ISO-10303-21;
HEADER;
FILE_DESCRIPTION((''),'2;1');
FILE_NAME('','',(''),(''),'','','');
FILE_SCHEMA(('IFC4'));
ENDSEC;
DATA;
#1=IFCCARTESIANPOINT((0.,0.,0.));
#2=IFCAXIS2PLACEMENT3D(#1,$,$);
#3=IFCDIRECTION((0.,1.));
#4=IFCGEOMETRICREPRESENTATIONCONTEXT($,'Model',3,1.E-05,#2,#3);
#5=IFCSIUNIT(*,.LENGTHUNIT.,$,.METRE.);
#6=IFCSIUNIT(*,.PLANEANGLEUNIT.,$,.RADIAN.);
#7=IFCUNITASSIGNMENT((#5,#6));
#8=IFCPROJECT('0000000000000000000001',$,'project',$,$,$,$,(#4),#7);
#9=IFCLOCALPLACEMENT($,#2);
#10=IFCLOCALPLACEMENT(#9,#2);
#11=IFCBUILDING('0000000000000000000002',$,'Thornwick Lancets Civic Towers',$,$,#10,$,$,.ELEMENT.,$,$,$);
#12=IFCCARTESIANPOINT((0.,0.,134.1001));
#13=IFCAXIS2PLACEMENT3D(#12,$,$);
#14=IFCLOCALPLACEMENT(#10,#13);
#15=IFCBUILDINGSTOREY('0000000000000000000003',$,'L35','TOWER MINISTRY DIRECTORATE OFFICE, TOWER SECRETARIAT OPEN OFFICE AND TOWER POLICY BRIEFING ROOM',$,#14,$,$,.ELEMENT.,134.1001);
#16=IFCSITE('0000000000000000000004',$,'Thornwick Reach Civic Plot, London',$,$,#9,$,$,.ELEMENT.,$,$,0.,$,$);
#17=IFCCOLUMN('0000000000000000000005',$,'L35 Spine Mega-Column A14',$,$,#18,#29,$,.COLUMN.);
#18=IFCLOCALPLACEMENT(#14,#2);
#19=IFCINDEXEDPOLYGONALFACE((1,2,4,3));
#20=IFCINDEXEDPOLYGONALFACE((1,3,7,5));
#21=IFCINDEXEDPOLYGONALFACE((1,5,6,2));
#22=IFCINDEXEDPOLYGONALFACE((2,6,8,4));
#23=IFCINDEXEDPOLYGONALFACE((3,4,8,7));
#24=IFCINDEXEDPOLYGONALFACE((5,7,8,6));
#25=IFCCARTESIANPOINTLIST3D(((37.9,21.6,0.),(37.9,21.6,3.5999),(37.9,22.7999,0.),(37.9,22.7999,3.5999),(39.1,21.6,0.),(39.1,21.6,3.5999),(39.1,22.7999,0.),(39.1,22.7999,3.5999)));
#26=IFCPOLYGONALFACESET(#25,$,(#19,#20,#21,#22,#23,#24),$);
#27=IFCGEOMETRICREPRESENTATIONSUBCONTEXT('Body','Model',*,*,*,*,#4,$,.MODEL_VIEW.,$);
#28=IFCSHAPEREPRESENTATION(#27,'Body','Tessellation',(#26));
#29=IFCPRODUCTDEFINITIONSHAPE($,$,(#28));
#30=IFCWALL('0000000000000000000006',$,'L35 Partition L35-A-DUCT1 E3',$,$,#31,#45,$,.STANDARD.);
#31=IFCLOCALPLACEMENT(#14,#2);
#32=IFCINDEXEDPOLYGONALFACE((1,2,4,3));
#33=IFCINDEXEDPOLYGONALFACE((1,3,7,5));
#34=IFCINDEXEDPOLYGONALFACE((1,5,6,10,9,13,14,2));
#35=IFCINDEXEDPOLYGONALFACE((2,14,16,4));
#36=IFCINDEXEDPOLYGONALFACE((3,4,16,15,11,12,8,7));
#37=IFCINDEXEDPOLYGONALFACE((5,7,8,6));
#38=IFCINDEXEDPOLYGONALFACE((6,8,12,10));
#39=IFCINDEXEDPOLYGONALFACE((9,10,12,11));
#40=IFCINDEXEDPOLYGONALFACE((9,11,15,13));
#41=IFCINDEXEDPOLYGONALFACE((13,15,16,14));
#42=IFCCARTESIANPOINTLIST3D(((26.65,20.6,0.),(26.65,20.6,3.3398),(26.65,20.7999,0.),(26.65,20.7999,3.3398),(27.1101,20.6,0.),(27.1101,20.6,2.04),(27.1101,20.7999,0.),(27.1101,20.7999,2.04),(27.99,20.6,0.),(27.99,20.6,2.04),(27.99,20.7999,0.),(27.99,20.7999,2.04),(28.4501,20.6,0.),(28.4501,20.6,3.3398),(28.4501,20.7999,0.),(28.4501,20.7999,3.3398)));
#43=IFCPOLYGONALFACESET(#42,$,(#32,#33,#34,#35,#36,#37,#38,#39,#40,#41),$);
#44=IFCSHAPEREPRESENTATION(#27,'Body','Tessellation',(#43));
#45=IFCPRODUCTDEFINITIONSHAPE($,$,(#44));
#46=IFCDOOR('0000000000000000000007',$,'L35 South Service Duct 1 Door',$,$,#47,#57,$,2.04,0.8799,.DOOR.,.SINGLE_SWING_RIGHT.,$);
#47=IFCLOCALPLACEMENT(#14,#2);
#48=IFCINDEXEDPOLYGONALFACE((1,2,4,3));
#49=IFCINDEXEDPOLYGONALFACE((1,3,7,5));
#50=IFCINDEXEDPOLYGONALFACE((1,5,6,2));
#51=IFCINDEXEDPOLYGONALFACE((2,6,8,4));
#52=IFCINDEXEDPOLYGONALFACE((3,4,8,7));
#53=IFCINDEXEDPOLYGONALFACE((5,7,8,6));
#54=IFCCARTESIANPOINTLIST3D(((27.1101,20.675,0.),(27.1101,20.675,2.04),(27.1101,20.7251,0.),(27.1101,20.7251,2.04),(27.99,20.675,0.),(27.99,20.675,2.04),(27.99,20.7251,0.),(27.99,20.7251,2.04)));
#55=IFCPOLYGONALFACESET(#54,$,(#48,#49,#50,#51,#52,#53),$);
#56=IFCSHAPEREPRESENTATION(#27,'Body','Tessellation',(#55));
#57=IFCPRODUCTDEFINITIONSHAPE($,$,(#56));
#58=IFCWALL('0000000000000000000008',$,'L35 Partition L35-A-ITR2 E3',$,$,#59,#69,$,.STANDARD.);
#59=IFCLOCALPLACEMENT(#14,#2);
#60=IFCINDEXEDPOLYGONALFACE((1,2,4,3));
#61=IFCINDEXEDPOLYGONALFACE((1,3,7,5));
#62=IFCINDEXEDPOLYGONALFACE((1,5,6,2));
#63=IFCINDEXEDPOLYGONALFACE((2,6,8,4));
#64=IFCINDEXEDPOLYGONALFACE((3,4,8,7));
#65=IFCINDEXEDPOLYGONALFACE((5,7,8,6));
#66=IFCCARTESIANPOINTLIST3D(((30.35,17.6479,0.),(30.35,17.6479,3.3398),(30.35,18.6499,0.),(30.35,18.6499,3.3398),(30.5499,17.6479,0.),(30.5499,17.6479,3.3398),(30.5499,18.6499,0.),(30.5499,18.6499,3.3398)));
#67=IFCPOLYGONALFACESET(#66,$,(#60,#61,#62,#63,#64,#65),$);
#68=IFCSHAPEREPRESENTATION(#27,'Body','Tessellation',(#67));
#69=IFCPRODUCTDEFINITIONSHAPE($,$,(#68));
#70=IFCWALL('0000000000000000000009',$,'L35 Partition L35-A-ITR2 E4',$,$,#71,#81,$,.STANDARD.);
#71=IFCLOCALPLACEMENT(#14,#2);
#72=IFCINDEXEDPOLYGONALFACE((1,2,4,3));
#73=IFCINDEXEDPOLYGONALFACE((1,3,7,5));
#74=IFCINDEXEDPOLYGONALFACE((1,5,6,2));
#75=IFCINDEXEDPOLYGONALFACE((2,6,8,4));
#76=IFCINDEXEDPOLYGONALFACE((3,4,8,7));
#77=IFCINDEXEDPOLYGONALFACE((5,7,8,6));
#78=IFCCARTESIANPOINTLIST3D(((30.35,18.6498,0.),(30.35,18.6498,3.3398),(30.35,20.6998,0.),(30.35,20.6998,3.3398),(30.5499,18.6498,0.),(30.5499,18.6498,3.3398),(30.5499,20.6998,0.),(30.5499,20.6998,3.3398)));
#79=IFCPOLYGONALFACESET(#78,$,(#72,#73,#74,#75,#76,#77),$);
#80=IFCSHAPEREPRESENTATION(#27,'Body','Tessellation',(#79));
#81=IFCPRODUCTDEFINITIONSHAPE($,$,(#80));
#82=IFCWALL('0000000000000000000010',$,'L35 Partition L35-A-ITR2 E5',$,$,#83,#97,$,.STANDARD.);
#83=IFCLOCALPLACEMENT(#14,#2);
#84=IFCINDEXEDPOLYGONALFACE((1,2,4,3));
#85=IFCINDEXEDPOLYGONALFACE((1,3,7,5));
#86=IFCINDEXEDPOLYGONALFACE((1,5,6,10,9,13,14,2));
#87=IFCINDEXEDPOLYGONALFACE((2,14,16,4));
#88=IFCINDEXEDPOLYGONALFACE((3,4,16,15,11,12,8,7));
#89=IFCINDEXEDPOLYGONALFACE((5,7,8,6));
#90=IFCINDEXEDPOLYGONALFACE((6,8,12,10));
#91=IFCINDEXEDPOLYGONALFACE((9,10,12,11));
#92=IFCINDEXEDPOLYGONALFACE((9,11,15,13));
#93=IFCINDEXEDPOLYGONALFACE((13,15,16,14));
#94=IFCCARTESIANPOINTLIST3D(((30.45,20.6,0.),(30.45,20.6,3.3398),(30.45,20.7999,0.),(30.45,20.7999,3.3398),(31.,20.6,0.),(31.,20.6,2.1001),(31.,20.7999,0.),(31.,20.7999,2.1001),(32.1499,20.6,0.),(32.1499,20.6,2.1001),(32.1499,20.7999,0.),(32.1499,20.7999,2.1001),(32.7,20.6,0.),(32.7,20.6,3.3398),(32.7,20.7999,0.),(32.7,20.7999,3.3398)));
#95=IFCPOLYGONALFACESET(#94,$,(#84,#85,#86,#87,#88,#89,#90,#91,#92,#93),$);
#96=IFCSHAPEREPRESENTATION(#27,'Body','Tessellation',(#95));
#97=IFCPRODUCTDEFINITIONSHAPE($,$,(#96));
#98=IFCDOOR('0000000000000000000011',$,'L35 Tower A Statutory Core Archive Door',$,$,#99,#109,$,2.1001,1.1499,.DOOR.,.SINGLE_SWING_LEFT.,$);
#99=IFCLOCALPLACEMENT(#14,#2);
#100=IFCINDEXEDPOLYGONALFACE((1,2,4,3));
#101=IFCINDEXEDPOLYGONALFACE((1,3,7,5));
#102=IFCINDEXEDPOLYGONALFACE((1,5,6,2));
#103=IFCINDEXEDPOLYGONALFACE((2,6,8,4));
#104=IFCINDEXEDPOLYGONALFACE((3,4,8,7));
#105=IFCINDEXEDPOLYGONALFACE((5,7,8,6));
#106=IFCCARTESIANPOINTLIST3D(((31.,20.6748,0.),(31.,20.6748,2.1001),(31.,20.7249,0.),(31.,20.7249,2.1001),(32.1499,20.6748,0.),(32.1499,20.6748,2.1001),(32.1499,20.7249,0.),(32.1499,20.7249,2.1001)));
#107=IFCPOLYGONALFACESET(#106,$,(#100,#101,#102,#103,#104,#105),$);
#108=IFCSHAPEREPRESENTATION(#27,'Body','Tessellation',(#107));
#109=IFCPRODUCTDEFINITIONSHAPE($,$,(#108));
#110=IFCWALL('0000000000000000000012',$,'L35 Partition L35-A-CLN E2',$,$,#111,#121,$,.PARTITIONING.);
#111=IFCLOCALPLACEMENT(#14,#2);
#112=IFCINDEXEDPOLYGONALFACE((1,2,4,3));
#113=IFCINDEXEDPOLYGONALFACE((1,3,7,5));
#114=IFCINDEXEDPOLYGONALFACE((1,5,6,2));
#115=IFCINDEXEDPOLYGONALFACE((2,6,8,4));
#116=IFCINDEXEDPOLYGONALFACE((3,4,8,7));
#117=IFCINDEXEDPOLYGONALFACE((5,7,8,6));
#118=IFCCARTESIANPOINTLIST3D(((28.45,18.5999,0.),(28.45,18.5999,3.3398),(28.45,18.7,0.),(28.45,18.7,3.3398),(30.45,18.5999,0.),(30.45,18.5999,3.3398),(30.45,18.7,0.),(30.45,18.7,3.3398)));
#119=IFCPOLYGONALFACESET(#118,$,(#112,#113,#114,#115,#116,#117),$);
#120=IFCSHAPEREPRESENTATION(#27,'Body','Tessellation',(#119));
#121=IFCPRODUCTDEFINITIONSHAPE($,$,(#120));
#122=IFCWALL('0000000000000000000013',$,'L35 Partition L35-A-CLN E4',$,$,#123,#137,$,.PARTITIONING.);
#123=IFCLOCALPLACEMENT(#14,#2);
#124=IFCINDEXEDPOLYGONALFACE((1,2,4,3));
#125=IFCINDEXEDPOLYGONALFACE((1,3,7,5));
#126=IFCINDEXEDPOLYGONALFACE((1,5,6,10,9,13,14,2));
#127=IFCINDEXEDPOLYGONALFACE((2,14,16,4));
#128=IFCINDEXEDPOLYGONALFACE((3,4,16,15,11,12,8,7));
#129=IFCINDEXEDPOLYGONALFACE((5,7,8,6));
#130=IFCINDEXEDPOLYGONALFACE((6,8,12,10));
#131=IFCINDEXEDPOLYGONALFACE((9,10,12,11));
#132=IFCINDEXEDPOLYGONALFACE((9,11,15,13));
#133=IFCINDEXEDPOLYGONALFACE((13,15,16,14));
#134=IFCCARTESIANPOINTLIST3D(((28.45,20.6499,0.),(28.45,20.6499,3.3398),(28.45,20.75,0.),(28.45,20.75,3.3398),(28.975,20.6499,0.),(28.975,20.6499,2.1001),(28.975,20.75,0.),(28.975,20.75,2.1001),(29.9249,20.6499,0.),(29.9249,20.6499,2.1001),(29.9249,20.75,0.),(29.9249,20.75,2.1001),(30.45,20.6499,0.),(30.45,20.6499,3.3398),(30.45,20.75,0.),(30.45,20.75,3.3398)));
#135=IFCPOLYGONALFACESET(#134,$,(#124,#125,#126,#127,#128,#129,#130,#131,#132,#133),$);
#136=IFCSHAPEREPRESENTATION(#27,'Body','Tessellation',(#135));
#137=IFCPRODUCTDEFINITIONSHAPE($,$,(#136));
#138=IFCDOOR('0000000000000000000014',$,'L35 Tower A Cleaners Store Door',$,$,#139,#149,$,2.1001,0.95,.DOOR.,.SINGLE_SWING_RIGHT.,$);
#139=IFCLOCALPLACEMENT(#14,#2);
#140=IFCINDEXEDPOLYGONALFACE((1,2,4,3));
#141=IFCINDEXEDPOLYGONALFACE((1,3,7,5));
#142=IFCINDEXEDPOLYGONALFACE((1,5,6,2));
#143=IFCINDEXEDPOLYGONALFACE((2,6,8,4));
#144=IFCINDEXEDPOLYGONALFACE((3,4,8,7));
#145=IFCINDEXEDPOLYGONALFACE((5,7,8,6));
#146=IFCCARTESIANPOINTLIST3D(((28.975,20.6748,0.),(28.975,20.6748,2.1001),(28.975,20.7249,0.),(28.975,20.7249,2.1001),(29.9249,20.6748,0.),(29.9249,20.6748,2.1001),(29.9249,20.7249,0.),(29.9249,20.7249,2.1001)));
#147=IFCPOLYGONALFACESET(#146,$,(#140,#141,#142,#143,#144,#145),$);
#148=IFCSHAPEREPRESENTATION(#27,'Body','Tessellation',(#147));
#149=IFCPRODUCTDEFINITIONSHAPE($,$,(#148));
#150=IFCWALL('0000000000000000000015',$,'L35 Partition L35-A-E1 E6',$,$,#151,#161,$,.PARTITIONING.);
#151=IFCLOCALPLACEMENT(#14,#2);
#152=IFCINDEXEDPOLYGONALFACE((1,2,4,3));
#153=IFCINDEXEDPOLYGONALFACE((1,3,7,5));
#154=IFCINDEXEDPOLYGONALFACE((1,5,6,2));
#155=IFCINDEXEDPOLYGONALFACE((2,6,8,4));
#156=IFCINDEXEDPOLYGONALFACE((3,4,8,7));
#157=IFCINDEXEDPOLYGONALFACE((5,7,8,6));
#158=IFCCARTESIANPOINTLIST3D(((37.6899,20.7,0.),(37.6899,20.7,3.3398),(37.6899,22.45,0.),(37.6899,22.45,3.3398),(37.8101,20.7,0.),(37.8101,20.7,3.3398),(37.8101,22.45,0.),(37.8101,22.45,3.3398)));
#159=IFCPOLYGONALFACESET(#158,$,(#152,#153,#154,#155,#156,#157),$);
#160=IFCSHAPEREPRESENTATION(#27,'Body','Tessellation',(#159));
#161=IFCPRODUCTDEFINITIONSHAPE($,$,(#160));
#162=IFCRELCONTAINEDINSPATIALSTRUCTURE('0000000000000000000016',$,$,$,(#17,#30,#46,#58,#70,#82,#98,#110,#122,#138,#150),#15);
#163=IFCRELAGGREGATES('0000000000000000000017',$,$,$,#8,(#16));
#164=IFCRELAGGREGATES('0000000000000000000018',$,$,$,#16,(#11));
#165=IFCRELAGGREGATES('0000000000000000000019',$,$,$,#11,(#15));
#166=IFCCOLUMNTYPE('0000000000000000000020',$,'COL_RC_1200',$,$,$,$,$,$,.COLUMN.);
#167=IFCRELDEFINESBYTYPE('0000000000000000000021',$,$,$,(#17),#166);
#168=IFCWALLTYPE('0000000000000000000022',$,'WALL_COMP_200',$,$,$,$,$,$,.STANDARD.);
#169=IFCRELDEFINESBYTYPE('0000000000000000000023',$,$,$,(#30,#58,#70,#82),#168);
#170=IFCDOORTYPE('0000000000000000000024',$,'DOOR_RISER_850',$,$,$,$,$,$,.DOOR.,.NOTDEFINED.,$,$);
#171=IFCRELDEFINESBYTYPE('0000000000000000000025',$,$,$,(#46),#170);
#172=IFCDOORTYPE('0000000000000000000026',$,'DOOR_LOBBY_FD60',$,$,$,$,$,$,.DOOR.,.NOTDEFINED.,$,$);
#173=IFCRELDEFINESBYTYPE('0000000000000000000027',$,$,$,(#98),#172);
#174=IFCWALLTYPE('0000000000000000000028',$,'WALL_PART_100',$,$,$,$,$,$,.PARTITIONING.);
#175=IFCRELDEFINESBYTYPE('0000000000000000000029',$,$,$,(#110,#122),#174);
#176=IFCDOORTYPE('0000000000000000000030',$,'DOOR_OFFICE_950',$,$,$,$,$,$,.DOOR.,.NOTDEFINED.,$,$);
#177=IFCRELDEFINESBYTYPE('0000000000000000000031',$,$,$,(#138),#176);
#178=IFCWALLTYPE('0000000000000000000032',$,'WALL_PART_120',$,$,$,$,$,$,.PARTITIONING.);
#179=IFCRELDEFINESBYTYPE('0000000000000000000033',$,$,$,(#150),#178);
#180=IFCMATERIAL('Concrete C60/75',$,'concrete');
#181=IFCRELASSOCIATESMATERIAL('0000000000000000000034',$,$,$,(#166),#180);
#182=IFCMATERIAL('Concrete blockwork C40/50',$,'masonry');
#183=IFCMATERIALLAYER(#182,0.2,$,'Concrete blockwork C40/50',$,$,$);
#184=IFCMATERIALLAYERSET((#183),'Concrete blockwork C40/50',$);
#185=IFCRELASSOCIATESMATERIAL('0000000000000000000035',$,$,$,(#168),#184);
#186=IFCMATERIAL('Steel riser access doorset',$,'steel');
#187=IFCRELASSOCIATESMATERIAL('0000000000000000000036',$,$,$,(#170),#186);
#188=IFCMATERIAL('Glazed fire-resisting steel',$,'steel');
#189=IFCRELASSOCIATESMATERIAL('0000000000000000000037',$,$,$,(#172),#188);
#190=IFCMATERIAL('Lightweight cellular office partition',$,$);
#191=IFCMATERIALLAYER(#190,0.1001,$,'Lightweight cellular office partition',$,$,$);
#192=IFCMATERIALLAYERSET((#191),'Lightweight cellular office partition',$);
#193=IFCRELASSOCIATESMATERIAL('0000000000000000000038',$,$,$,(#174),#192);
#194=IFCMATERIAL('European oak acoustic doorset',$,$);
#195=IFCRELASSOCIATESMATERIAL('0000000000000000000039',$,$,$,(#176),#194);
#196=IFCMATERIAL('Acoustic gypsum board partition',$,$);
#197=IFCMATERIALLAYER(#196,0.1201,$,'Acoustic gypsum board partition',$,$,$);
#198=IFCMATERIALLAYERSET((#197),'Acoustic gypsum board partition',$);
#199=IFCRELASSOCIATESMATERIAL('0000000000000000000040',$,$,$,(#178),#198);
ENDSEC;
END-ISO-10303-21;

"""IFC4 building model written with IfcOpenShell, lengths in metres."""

from ifc_helpers import new_model, si_unit, direction, frame, frame_2d, origin, origin_2d, place, context, subcontext, project, spatial, rectangle, extrude, material, layer, layer_set, material_profile, profile_set, type_object, element, fill, save


model = new_model("IFC4")

# Units and contexts
model_context = context("Model", 3, precision=1e-05, world=origin(), true_north=direction((0.0, 1.0)))
body_context = subcontext(model_context, "Body", "Model", "MODEL_VIEW")
ifc_project = project(units=[si_unit("LENGTHUNIT", "METRE"), si_unit("PLANEANGLEUNIT", "RADIAN")], contexts=[model_context])

# Site, building, storey
site_placement = place(None, origin())
site = spatial("IfcSite", under=ifc_project, at=site_placement, Name="Thornwick Reach Civic Plot, London", CompositionType="ELEMENT", RefElevation=0.0)
building_placement = place(site_placement, origin())
building = spatial("IfcBuilding", under=site, at=building_placement, Name="Thornwick Lancets Civic Towers", CompositionType="ELEMENT")
storey_placement = place(building_placement, frame((0.0, 0.0, 134.1001)))
storey = spatial("IfcBuildingStorey", under=building, at=storey_placement, Name="L35", Description="TOWER MINISTRY DIRECTORATE OFFICE, TOWER SECRETARIAT OPEN OFFICE AND TOWER POLICY BRIEFING ROOM", CompositionType="ELEMENT", Elevation=134.1001)

# Column
ifc_material_1 = material(Name="Concrete C60/75", Category="concrete")
ifc_material_profile = material_profile(ifc_material_1, rectangle(XDim=1.2, YDim=1.2, at=origin_2d()), Name="RC 1200x1200")
ifc_profile_set = profile_set([ifc_material_profile], Name="Concrete C60/75")
column_type = type_object("IfcColumnType", Name="COL_RC_1200", PredefinedType="COLUMN", material=ifc_profile_set)
column_placement = place(storey_placement, frame((38.5, 22.2, 0.0), z_axis=(0.0, 0.0, 1.0), x_axis=(1.0, 0.0, 0.0)))
element("IfcColumn", 1, at=column_placement, inside=storey, type_object=column_type, Name="L35 Spine Mega-Column A14", PredefinedType="COLUMN", context=body_context, shape_type="SweptSolid", body=[
    extrude(rectangle(XDim=1.2, YDim=1.2, at=origin_2d()), origin(), (0.0, 0.0, 1.0), 3.5999),
])

# Wall, opening, door
ifc_material_2 = material(Name="Concrete blockwork C40/50", Category="masonry")
ifc_layer_1 = layer(ifc_material_2, 0.2, Name="Concrete blockwork C40/50")
ifc_layer_set_1 = layer_set([ifc_layer_1], Name="Concrete blockwork C40/50")
wall_type_1 = type_object("IfcWallType", Name="WALL_COMP_200", PredefinedType="STANDARD", material=ifc_layer_set_1)
wall_1_placement = place(storey_placement, frame((28.45, 20.7, 0.0), z_axis=(0.0, 0.0, 1.0), x_axis=(-1.0, 0.0, 0.0)))
wall_1 = element("IfcWall", 2, at=wall_1_placement, inside=storey, type_object=wall_type_1, Name="L35 Partition L35-A-DUCT1 E3", PredefinedType="STANDARD", context=body_context, shape_type="SweptSolid", body=[
    extrude(rectangle(XDim=1.8, YDim=0.2, at=frame_2d((0.8999, 0.0))), origin(), (0.0, 0.0, 1.0), 3.3398),
])
opening_1_placement = place(wall_1_placement, frame((0.46, 0.0, 0.0)))
opening_1 = element("IfcOpeningElement", 3, at=opening_1_placement, cuts=wall_1, PredefinedType="OPENING", context=body_context, shape_type="SweptSolid", body=[
    extrude(rectangle(XDim=0.8799, YDim=2.04, at=frame_2d((0.4399, 1.02))), frame((0.0, 0.1099, 0.0), z_axis=(0.0, -1.0, 0.0), x_axis=(1.0, 0.0, 0.0)), (0.0, 0.0, 1.0), 0.22),
])
ifc_material_3 = material(Name="Steel riser access doorset", Category="steel")
door_type_1 = type_object("IfcDoorType", Name="DOOR_RISER_850", OperationType="NOTDEFINED", PredefinedType="DOOR", material=ifc_material_3)
door_1_placement = place(opening_1_placement, origin())
door_1 = element("IfcDoor", 4, at=door_1_placement, inside=storey, type_object=door_type_1, Name="L35 South Service Duct 1 Door", OperationType="SINGLE_SWING_RIGHT", OverallHeight=2.04, OverallWidth=0.8799, PredefinedType="DOOR", context=body_context, shape_type="SweptSolid", body=[
    extrude(rectangle(XDim=0.8799, YDim=2.04, at=frame_2d((0.4399, 1.02))), frame((0.0, 0.0249, 0.0), z_axis=(0.0, -1.0, 0.0), x_axis=(1.0, 0.0, 0.0)), (0.0, 0.0, 1.0), 0.05),
])
fill(opening_1, door_1)

# Walls
wall_2_placement = place(storey_placement, frame((30.45, 17.6479, 0.0), z_axis=(0.0, 0.0, 1.0), x_axis=(0.0, 1.0, 0.0)))
element("IfcWall", 5, at=wall_2_placement, inside=storey, type_object=wall_type_1, Name="L35 Partition L35-A-ITR2 E3", PredefinedType="STANDARD", context=body_context, shape_type="SweptSolid", body=[
    extrude(rectangle(XDim=1.002, YDim=0.2, at=frame_2d((0.501, 0.0))), origin(), (0.0, 0.0, 1.0), 3.3398),
])
wall_3_placement = place(storey_placement, frame((30.45, 18.6499, 0.0), z_axis=(0.0, 0.0, 1.0), x_axis=(0.0, 1.0, 0.0)))
element("IfcWall", 6, at=wall_3_placement, inside=storey, type_object=wall_type_1, Name="L35 Partition L35-A-ITR2 E4", PredefinedType="STANDARD", context=body_context, shape_type="SweptSolid", body=[
    extrude(rectangle(XDim=2.05, YDim=0.2, at=frame_2d((1.0249, 0.0))), origin(), (0.0, 0.0, 1.0), 3.3398),
])

# Wall, opening, door
wall_4_placement = place(storey_placement, frame((30.45, 20.7, 0.0), z_axis=(0.0, 0.0, 1.0), x_axis=(1.0, 0.0, 0.0)))
wall_4 = element("IfcWall", 7, at=wall_4_placement, inside=storey, type_object=wall_type_1, Name="L35 Partition L35-A-ITR2 E5", PredefinedType="STANDARD", context=body_context, shape_type="SweptSolid", body=[
    extrude(rectangle(XDim=2.25, YDim=0.2, at=frame_2d((1.125, 0.0))), origin(), (0.0, 0.0, 1.0), 3.3398),
])
opening_2_placement = place(wall_4_placement, frame((0.55, 0.0, 0.0)))
opening_2 = element("IfcOpeningElement", 8, at=opening_2_placement, cuts=wall_4, PredefinedType="OPENING", context=body_context, shape_type="SweptSolid", body=[
    extrude(rectangle(XDim=1.1499, YDim=2.1001, at=frame_2d((0.575, 1.05))), frame((0.0, 0.1099, 0.0), z_axis=(0.0, -1.0, 0.0), x_axis=(1.0, 0.0, 0.0)), (0.0, 0.0, 1.0), 0.22),
])
ifc_material_4 = material(Name="Glazed fire-resisting steel", Category="steel")
door_type_2 = type_object("IfcDoorType", Name="DOOR_LOBBY_FD60", OperationType="NOTDEFINED", PredefinedType="DOOR", material=ifc_material_4)
door_2_placement = place(opening_2_placement, origin())
door_2 = element("IfcDoor", 9, at=door_2_placement, inside=storey, type_object=door_type_2, Name="L35 Tower A Statutory Core Archive Door", OperationType="SINGLE_SWING_LEFT", OverallHeight=2.1001, OverallWidth=1.1499, PredefinedType="DOOR", context=body_context, shape_type="SweptSolid", body=[
    extrude(rectangle(XDim=1.1499, YDim=2.1001, at=frame_2d((0.575, 1.05))), frame((0.0, 0.0249, 0.0), z_axis=(0.0, -1.0, 0.0), x_axis=(1.0, 0.0, 0.0)), (0.0, 0.0, 1.0), 0.05),
])
fill(opening_2, door_2)

# Wall
ifc_material_5 = material(Name="Lightweight cellular office partition")
ifc_layer_2 = layer(ifc_material_5, 0.1001, Name="Lightweight cellular office partition")
ifc_layer_set_2 = layer_set([ifc_layer_2], Name="Lightweight cellular office partition")
wall_type_2 = type_object("IfcWallType", Name="WALL_PART_100", PredefinedType="PARTITIONING", material=ifc_layer_set_2)
wall_5_placement = place(storey_placement, frame((30.45, 18.6499, 0.0), z_axis=(0.0, 0.0, 1.0), x_axis=(-1.0, 0.0, 0.0)))
element("IfcWall", 10, at=wall_5_placement, inside=storey, type_object=wall_type_2, Name="L35 Partition L35-A-CLN E2", PredefinedType="PARTITIONING", context=body_context, shape_type="SweptSolid", body=[
    extrude(rectangle(XDim=2.0, YDim=0.1001, at=frame_2d((1.0, 0.0))), origin(), (0.0, 0.0, 1.0), 3.3398),
])

# Wall, opening, door
wall_6_placement = place(storey_placement, frame((28.45, 20.7, 0.0), z_axis=(0.0, 0.0, 1.0), x_axis=(1.0, 0.0, 0.0)))
wall_6 = element("IfcWall", 11, at=wall_6_placement, inside=storey, type_object=wall_type_2, Name="L35 Partition L35-A-CLN E4", PredefinedType="PARTITIONING", context=body_context, shape_type="SweptSolid", body=[
    extrude(rectangle(XDim=2.0, YDim=0.1001, at=frame_2d((1.0, 0.0))), origin(), (0.0, 0.0, 1.0), 3.3398),
])
opening_3_placement = place(wall_6_placement, frame((0.5249, 0.0, 0.0)))
opening_3 = element("IfcOpeningElement", 12, at=opening_3_placement, cuts=wall_6, PredefinedType="OPENING", context=body_context, shape_type="SweptSolid", body=[
    extrude(rectangle(XDim=0.95, YDim=2.1001, at=frame_2d((0.4751, 1.05))), frame((0.0, 0.0601, 0.0), z_axis=(0.0, -1.0, 0.0), x_axis=(1.0, 0.0, 0.0)), (0.0, 0.0, 1.0), 0.1201),
])
ifc_material_6 = material(Name="European oak acoustic doorset")
door_type_3 = type_object("IfcDoorType", Name="DOOR_OFFICE_950", OperationType="NOTDEFINED", PredefinedType="DOOR", material=ifc_material_6)
door_3_placement = place(opening_3_placement, origin())
door_3 = element("IfcDoor", 13, at=door_3_placement, inside=storey, type_object=door_type_3, Name="L35 Tower A Cleaners Store Door", OperationType="SINGLE_SWING_RIGHT", OverallHeight=2.1001, OverallWidth=0.95, PredefinedType="DOOR", context=body_context, shape_type="SweptSolid", body=[
    extrude(rectangle(XDim=0.95, YDim=2.1001, at=frame_2d((0.4751, 1.05))), frame((0.0, 0.0249, 0.0), z_axis=(0.0, -1.0, 0.0), x_axis=(1.0, 0.0, 0.0)), (0.0, 0.0, 1.0), 0.05),
])
fill(opening_3, door_3)

# Wall
ifc_material_7 = material(Name="Acoustic gypsum board partition")
ifc_layer_3 = layer(ifc_material_7, 0.1201, Name="Acoustic gypsum board partition")
ifc_layer_set_3 = layer_set([ifc_layer_3], Name="Acoustic gypsum board partition")
wall_type_3 = type_object("IfcWallType", Name="WALL_PART_120", PredefinedType="PARTITIONING", material=ifc_layer_set_3)
wall_7_placement = place(storey_placement, frame((37.75, 20.7, 0.0), z_axis=(0.0, 0.0, 1.0), x_axis=(0.0, 1.0, 0.0)))
element("IfcWall", 14, at=wall_7_placement, inside=storey, type_object=wall_type_3, Name="L35 Partition L35-A-E1 E6", PredefinedType="PARTITIONING", context=body_context, shape_type="SweptSolid", body=[
    extrude(rectangle(XDim=1.75, YDim=0.1201, at=frame_2d((0.875, 0.0))), origin(), (0.0, 0.0, 1.0), 3.3398),
])

save(model, "model.ifc")
